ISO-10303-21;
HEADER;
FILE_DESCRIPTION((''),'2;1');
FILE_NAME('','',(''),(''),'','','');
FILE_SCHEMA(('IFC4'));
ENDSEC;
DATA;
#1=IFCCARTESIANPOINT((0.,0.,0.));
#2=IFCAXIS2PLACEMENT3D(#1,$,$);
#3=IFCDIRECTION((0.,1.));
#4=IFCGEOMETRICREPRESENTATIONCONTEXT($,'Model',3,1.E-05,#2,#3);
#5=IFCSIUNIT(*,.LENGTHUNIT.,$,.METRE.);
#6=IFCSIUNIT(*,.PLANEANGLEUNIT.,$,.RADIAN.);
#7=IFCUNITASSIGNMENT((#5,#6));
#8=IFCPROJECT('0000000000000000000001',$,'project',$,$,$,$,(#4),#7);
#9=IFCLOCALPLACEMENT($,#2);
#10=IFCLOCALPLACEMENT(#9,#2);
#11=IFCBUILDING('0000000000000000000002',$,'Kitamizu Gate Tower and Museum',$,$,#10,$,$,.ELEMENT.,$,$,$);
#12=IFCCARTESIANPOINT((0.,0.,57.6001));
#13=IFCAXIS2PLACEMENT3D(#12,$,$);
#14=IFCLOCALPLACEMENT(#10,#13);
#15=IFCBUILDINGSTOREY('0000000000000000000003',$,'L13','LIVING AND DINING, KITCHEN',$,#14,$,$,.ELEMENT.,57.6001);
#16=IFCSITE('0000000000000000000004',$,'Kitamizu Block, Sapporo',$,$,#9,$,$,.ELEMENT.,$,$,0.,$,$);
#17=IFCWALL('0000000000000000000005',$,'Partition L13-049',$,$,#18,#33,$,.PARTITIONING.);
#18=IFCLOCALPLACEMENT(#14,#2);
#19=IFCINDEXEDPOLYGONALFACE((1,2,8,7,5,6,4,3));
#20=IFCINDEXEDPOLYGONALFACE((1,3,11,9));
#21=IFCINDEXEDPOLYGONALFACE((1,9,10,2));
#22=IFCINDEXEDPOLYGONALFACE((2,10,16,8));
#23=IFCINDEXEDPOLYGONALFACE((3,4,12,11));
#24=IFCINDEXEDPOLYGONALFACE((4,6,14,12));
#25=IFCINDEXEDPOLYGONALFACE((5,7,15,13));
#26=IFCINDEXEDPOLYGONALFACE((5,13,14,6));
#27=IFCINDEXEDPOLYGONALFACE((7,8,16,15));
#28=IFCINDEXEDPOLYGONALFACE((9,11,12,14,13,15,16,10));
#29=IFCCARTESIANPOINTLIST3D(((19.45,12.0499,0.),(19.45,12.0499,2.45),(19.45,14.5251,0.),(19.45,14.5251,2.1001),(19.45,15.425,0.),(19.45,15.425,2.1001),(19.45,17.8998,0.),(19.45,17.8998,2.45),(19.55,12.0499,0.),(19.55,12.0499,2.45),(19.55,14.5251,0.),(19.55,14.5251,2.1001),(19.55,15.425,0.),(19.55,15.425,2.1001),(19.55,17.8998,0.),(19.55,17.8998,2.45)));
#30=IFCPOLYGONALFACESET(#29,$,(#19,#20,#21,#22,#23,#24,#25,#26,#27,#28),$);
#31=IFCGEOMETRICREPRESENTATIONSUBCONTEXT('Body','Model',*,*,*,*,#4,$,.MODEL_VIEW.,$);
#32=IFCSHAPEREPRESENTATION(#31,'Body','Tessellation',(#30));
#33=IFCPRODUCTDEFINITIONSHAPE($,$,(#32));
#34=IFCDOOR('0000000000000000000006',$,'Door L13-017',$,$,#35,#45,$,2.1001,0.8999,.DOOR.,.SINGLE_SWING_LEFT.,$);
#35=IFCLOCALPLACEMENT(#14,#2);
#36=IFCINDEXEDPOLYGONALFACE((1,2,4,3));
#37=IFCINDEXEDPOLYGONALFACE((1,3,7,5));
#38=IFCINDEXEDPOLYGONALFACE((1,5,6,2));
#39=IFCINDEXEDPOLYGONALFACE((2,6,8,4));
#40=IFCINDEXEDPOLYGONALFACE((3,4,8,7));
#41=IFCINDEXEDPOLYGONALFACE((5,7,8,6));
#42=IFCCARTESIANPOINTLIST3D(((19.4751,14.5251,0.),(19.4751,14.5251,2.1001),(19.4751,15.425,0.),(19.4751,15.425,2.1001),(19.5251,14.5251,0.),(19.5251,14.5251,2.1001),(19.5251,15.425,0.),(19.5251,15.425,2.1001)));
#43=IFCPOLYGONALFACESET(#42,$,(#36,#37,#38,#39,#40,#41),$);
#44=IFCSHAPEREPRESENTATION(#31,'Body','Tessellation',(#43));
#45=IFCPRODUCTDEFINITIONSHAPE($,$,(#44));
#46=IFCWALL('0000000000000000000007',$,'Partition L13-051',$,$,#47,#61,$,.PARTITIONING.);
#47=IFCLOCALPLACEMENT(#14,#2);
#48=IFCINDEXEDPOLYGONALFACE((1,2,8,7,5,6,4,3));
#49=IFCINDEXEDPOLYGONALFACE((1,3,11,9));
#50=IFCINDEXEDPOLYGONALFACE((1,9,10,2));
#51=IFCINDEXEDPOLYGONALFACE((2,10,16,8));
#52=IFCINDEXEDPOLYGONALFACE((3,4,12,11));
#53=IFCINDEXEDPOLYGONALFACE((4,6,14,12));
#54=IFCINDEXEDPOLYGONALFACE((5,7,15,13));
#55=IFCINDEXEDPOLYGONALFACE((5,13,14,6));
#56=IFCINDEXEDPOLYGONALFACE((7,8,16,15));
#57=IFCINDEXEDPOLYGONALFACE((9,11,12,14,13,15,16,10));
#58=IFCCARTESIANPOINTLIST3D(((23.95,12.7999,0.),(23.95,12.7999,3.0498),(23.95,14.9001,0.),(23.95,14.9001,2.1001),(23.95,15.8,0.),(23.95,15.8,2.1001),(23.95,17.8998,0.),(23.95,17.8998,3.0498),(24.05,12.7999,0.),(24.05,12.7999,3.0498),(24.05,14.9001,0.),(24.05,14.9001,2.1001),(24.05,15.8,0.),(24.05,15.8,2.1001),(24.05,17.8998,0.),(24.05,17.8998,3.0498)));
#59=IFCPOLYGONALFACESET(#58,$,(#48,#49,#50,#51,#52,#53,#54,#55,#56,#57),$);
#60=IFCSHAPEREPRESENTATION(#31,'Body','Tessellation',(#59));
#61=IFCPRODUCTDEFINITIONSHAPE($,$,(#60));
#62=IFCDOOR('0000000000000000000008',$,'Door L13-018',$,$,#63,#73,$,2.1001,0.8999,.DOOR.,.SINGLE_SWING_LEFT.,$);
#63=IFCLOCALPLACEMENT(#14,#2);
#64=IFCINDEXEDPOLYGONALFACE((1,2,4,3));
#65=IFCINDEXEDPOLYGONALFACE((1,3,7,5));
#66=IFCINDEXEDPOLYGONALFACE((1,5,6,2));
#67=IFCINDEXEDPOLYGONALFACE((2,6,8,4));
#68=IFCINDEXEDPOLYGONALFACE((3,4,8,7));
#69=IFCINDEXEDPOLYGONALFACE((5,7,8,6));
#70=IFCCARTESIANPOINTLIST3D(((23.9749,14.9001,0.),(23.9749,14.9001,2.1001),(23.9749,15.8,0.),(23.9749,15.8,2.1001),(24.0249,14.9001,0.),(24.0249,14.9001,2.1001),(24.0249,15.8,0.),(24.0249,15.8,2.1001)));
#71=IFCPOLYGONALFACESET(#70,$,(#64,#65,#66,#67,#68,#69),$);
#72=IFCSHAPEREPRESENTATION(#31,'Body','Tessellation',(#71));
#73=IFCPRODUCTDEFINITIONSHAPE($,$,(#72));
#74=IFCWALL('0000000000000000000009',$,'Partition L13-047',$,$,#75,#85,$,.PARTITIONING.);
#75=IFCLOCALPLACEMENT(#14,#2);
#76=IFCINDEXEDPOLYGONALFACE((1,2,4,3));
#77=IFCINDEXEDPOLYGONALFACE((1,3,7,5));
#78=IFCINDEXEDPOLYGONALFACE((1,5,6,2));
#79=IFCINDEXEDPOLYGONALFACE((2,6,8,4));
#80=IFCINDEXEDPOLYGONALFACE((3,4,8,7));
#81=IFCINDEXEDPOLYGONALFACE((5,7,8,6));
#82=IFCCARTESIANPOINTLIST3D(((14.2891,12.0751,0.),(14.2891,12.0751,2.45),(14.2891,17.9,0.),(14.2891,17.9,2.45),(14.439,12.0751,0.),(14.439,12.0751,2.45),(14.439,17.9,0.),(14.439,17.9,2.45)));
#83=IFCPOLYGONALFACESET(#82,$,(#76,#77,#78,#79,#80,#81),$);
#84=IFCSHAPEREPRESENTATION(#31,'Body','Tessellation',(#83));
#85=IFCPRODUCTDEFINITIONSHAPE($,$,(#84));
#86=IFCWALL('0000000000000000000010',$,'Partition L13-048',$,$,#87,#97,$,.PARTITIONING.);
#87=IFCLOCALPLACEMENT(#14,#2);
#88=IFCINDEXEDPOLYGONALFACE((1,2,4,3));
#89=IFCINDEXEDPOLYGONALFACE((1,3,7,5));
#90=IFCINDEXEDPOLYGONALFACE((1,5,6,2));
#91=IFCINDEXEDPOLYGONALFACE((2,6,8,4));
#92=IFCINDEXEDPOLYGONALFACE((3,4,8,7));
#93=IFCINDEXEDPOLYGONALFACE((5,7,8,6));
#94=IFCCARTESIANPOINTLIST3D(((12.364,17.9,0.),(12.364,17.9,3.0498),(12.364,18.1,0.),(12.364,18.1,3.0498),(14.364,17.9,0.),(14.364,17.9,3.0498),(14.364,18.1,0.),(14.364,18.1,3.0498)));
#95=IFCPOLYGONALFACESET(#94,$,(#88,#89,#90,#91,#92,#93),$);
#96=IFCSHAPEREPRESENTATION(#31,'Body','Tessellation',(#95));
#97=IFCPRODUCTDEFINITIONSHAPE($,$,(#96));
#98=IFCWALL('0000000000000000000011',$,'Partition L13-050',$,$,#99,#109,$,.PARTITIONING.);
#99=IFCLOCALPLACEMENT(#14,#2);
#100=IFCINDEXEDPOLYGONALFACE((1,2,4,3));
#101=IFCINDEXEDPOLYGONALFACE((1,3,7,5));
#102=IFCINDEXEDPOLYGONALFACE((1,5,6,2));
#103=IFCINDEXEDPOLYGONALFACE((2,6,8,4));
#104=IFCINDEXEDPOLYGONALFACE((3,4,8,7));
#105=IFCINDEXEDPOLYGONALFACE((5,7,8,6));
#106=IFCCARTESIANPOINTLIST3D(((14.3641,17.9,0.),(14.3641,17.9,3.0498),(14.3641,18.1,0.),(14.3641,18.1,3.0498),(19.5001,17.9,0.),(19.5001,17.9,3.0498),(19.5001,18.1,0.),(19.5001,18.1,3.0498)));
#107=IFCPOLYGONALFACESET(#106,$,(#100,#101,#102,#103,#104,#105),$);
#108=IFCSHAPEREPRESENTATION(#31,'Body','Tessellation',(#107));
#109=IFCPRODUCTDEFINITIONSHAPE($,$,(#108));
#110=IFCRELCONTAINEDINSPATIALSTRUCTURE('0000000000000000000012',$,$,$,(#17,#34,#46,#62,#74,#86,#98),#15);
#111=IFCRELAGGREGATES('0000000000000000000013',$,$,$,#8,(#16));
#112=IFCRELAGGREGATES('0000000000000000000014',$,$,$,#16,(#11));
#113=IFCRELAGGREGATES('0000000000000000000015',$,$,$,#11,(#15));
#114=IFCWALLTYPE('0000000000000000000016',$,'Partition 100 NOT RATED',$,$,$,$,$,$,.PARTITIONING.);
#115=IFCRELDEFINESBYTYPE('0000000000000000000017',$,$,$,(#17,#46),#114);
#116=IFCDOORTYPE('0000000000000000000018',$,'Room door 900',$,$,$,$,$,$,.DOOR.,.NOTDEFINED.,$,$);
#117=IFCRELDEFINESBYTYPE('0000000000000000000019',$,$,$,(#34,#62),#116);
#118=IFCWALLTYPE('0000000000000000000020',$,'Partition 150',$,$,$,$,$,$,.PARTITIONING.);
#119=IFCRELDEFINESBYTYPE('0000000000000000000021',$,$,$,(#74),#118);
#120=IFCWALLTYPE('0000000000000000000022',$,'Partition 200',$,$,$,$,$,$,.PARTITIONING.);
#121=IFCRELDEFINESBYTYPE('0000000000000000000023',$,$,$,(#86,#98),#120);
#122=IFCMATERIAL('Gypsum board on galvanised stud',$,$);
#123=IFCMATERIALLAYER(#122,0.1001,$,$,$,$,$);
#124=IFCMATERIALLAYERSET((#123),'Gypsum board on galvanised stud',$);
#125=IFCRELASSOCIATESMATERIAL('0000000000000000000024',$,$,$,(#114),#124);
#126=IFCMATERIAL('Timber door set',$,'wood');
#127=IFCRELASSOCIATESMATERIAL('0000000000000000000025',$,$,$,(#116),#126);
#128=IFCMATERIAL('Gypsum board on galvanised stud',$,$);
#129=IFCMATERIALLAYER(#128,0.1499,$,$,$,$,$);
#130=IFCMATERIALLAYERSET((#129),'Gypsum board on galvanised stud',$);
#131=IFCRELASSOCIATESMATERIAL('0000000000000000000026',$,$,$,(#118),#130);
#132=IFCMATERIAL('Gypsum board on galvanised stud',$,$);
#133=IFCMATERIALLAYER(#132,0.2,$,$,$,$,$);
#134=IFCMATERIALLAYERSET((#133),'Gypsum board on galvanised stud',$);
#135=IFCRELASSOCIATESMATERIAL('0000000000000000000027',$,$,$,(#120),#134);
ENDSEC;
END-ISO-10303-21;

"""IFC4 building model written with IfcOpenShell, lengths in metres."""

from ifc_helpers import new_model, si_unit, direction, frame, frame_2d, origin, place, context, subcontext, project, spatial, rectangle, extrude, material, layer, layer_set, type_object, element, fill, save


model = new_model("IFC4")

# Units and contexts
model_context = context("Model", 3, precision=1e-05, world=origin(), true_north=direction((0.0, 1.0)))
body_context = subcontext(model_context, "Body", "Model", "MODEL_VIEW")
ifc_project = project(units=[si_unit("LENGTHUNIT", "METRE"), si_unit("PLANEANGLEUNIT", "RADIAN")], contexts=[model_context])

# Site, building, storey
site_placement = place(None, origin())
site = spatial("IfcSite", under=ifc_project, at=site_placement, Name="Kitamizu Block, Sapporo", CompositionType="ELEMENT", RefElevation=0.0)
building_placement = place(site_placement, origin())
building = spatial("IfcBuilding", under=site, at=building_placement, Name="Kitamizu Gate Tower and Museum", CompositionType="ELEMENT")
storey_placement = place(building_placement, frame((0.0, 0.0, 57.6001)))
storey = spatial("IfcBuildingStorey", under=building, at=storey_placement, Name="L13", Description="LIVING AND DINING, KITCHEN", CompositionType="ELEMENT", Elevation=57.6001)

# Walls, openings, doors
ifc_material_1 = material(Name="Gypsum board on galvanised stud")
ifc_layer_1 = layer(ifc_material_1, 0.1001)
ifc_layer_set_1 = layer_set([ifc_layer_1], Name="Gypsum board on galvanised stud")
wall_type_1 = type_object("IfcWallType", Name="Partition 100 NOT RATED", PredefinedType="PARTITIONING", material=ifc_layer_set_1)
ifc_material_2 = material(Name="Timber door set", Category="wood")
door_type_1 = type_object("IfcDoorType", Name="Room door 900", OperationType="NOTDEFINED", PredefinedType="DOOR", material=ifc_material_2)
wall_1_placement = place(storey_placement, frame((19.5, 12.05, 0.0), z_axis=(0.0, 0.0, 1.0), x_axis=(0.0, 1.0, 0.0)))
wall_1 = element("IfcWall", 1, at=wall_1_placement, inside=storey, type_object=wall_type_1, Name="Partition L13-049", PredefinedType="PARTITIONING", context=body_context, shape_type="SweptSolid", body=[
    extrude(rectangle(XDim=5.8499, YDim=0.1001, at=frame_2d((2.9248, 0.0))), origin(), (0.0, 0.0, 1.0), 2.45),
])
opening_1_placement = place(wall_1_placement, frame((2.4751, 0.0, 0.0)))
opening_1 = element("IfcOpeningElement", 2, at=opening_1_placement, cuts=wall_1, PredefinedType="OPENING", context=body_context, shape_type="SweptSolid", body=[
    extrude(rectangle(XDim=0.8999, YDim=2.1001, at=frame_2d((0.45, 1.05))), frame((0.0, 0.0601, 0.0), z_axis=(0.0, -1.0, 0.0), x_axis=(1.0, 0.0, 0.0)), (0.0, 0.0, 1.0), 0.1201),
])
door_1_placement = place(opening_1_placement, origin())
door_1 = element("IfcDoor", 3, at=door_1_placement, inside=storey, type_object=door_type_1, Name="Door L13-017", OperationType="SINGLE_SWING_LEFT", OverallHeight=2.1001, OverallWidth=0.8999, PredefinedType="DOOR", context=body_context, shape_type="SweptSolid", body=[
    extrude(rectangle(XDim=0.8999, YDim=2.1001, at=frame_2d((0.45, 1.05))), frame((0.0, 0.0249, 0.0), z_axis=(0.0, -1.0, 0.0), x_axis=(1.0, 0.0, 0.0)), (0.0, 0.0, 1.0), 0.05),
])
fill(opening_1, door_1)
wall_2_placement = place(storey_placement, frame((24.0, 12.8, 0.0), z_axis=(0.0, 0.0, 1.0), x_axis=(0.0, 1.0, 0.0)))
wall_2 = element("IfcWall", 4, at=wall_2_placement, inside=storey, type_object=wall_type_1, Name="Partition L13-051", PredefinedType="PARTITIONING", context=body_context, shape_type="SweptSolid", body=[
    extrude(rectangle(XDim=5.0999, YDim=0.1001, at=frame_2d((2.5498, 0.0))), origin(), (0.0, 0.0, 1.0), 3.0498),
])
opening_2_placement = place(wall_2_placement, frame((2.1001, 0.0, 0.0)))
opening_2 = element("IfcOpeningElement", 5, at=opening_2_placement, cuts=wall_2, PredefinedType="OPENING", context=body_context, shape_type="SweptSolid", body=[
    extrude(rectangle(XDim=0.8999, YDim=2.1001, at=frame_2d((0.45, 1.05))), frame((0.0, 0.0601, 0.0), z_axis=(0.0, -1.0, 0.0), x_axis=(1.0, 0.0, 0.0)), (0.0, 0.0, 1.0), 0.1201),
])
door_2_placement = place(opening_2_placement, frame((0.8999, 0.0, 0.0), x_axis=(-1.0, 0.0, 0.0)))
door_2 = element("IfcDoor", 6, at=door_2_placement, inside=storey, type_object=door_type_1, Name="Door L13-018", OperationType="SINGLE_SWING_LEFT", OverallHeight=2.1001, OverallWidth=0.8999, PredefinedType="DOOR", context=body_context, shape_type="SweptSolid", body=[
    extrude(rectangle(XDim=0.8999, YDim=2.1001, at=frame_2d((0.45, 1.05))), frame((0.0, 0.0249, 0.0), z_axis=(0.0, -1.0, 0.0), x_axis=(1.0, 0.0, 0.0)), (0.0, 0.0, 1.0), 0.05),
])
fill(opening_2, door_2)

# Walls
ifc_material_3 = material(Name="Gypsum board on galvanised stud")
ifc_layer_2 = layer(ifc_material_3, 0.1499)
ifc_layer_set_2 = layer_set([ifc_layer_2], Name="Gypsum board on galvanised stud")
wall_type_2 = type_object("IfcWallType", Name="Partition 150", PredefinedType="PARTITIONING", material=ifc_layer_set_2)
wall_3_placement = place(storey_placement, frame((14.364, 12.075, 0.0), z_axis=(0.0, 0.0, 1.0), x_axis=(0.0, 1.0, 0.0)))
element("IfcWall", 7, at=wall_3_placement, inside=storey, type_object=wall_type_2, Name="Partition L13-047", PredefinedType="PARTITIONING", context=body_context, shape_type="SweptSolid", body=[
    extrude(rectangle(XDim=5.825, YDim=0.1499, at=frame_2d((2.9126, 0.0))), origin(), (0.0, 0.0, 1.0), 2.45),
])
ifc_material_4 = material(Name="Gypsum board on galvanised stud")
ifc_layer_3 = layer(ifc_material_4, 0.2)
ifc_layer_set_3 = layer_set([ifc_layer_3], Name="Gypsum board on galvanised stud")
wall_type_3 = type_object("IfcWallType", Name="Partition 200", PredefinedType="PARTITIONING", material=ifc_layer_set_3)
wall_4_placement = place(storey_placement, frame((14.364, 18.0, 0.0), z_axis=(0.0, 0.0, 1.0), x_axis=(-1.0, 0.0, 0.0)))
element("IfcWall", 8, at=wall_4_placement, inside=storey, type_object=wall_type_3, Name="Partition L13-048", PredefinedType="PARTITIONING", context=body_context, shape_type="SweptSolid", body=[
    extrude(rectangle(XDim=2.0, YDim=0.2, at=frame_2d((1.0, 0.0))), origin(), (0.0, 0.0, 1.0), 3.0498),
])
wall_5_placement = place(storey_placement, frame((19.5, 18.0, 0.0), z_axis=(0.0, 0.0, 1.0), x_axis=(-1.0, 0.0, 0.0)))
element("IfcWall", 9, at=wall_5_placement, inside=storey, type_object=wall_type_3, Name="Partition L13-050", PredefinedType="PARTITIONING", context=body_context, shape_type="SweptSolid", body=[
    extrude(rectangle(XDim=5.136, YDim=0.2, at=frame_2d((2.5679, 0.0))), origin(), (0.0, 0.0, 1.0), 3.0498),
])

save(model, "model.ifc")
